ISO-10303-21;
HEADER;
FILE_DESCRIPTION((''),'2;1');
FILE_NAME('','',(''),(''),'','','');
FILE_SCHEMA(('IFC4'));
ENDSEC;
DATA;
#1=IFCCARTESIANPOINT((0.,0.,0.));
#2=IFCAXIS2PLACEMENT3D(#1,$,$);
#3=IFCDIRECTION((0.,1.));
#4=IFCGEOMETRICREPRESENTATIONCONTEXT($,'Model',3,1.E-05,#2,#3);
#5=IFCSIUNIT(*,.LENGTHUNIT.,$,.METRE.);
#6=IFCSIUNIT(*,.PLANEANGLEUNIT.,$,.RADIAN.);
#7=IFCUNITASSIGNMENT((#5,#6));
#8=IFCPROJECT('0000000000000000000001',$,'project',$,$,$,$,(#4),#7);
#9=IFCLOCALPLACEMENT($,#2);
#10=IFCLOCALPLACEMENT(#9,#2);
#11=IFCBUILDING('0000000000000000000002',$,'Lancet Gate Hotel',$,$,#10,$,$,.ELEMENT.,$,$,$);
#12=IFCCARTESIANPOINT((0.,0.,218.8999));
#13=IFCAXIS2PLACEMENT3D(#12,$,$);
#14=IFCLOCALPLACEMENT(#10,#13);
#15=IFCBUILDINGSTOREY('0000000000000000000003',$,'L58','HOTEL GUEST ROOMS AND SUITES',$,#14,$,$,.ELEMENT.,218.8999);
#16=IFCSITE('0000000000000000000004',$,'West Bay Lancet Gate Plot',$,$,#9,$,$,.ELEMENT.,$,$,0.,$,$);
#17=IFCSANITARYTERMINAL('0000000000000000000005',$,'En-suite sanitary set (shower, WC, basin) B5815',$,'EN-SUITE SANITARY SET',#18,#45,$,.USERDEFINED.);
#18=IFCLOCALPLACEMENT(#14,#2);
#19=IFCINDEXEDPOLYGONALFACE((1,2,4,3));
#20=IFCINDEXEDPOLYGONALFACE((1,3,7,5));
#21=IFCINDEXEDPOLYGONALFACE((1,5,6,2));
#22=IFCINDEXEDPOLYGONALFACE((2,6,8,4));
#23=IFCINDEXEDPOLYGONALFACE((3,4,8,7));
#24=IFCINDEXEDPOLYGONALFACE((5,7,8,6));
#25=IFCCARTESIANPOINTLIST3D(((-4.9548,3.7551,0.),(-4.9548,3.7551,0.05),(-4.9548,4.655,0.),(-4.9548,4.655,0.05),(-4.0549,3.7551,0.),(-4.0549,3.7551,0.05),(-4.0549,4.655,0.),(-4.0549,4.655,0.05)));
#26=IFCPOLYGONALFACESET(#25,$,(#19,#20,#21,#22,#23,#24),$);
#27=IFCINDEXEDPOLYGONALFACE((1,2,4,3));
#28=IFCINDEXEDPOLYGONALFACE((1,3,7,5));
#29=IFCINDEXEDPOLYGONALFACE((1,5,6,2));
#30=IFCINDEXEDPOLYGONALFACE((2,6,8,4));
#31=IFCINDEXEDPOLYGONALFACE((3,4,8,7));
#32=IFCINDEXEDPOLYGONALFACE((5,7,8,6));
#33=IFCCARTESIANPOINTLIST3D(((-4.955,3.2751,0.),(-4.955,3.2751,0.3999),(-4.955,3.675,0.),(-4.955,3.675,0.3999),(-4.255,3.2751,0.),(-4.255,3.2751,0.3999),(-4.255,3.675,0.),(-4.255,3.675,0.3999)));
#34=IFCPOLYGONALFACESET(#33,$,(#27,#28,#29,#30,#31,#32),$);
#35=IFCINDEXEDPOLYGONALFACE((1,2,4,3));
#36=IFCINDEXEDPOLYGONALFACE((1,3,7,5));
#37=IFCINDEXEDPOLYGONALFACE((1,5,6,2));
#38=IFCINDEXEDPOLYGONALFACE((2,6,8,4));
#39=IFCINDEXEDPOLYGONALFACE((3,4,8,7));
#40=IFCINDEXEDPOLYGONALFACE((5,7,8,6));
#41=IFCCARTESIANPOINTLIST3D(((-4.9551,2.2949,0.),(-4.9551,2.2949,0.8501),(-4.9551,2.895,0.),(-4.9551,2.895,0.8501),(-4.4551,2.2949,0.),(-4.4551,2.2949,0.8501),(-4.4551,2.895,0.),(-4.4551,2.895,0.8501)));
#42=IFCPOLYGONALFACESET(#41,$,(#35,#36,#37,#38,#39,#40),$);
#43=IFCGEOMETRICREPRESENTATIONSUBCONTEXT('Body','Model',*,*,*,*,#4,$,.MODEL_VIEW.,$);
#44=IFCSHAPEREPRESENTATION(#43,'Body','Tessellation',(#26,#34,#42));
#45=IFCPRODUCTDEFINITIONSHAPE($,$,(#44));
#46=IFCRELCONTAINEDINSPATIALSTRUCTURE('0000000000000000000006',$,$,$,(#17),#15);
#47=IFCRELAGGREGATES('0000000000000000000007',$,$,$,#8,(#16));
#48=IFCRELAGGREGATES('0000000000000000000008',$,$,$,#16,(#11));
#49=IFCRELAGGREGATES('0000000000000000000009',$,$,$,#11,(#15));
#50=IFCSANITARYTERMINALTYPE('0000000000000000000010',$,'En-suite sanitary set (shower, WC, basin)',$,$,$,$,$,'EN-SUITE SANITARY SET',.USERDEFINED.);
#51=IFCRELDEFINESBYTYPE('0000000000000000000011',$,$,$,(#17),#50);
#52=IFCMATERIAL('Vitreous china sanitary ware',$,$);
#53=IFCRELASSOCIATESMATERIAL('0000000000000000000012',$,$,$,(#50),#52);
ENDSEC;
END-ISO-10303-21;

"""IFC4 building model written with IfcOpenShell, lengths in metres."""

from ifc_helpers import new_model, si_unit, direction, frame, origin, origin_2d, place, context, subcontext, project, spatial, rectangle, extrude, material, type_object, element, save


model = new_model("IFC4")

# Units and contexts
model_context = context("Model", 3, precision=1e-05, world=origin(), true_north=direction((0.0, 1.0)))
body_context = subcontext(model_context, "Body", "Model", "MODEL_VIEW")
ifc_project = project(units=[si_unit("LENGTHUNIT", "METRE"), si_unit("PLANEANGLEUNIT", "RADIAN")], contexts=[model_context])

# Site, building, storey
site_placement = place(None, origin())
site = spatial("IfcSite", under=ifc_project, at=site_placement, Name="West Bay Lancet Gate Plot", CompositionType="ELEMENT", RefElevation=0.0)
building_placement = place(site_placement, origin())
building = spatial("IfcBuilding", under=site, at=building_placement, Name="Lancet Gate Hotel", CompositionType="ELEMENT")
storey_placement = place(building_placement, frame((0.0, 0.0, 218.8999)))
storey = spatial("IfcBuildingStorey", under=building, at=storey_placement, Name="L58", Description="HOTEL GUEST ROOMS AND SUITES", CompositionType="ELEMENT", Elevation=218.8999)

# Sanitary terminal
ifc_material_1 = material(Name="Vitreous china sanitary ware")
sanitary_terminal_type = type_object("IfcSanitaryTerminalType", Name="En-suite sanitary set (shower, WC, basin)", ElementType="EN-SUITE SANITARY SET", PredefinedType="USERDEFINED", material=ifc_material_1)
sanitary_terminal_placement = place(storey_placement, frame((-4.5049, 4.2051, 0.0), z_axis=(0.0, 0.0, 1.0), x_axis=(1.0, 0.0, 0.0)))
element("IfcSanitaryTerminal", 1, at=sanitary_terminal_placement, inside=storey, type_object=sanitary_terminal_type, Name="En-suite sanitary set (shower, WC, basin) B5815", ObjectType="EN-SUITE SANITARY SET", PredefinedType="USERDEFINED", context=body_context, shape_type="SweptSolid", body=[
    extrude(rectangle(XDim=0.8999, YDim=0.8999, at=origin_2d()), frame((0.0, 0.0, 0.0), z_axis=(0.0, 0.0, 1.0), x_axis=(0.0, 1.0, 0.0)), (0.0, 0.0, 1.0), 0.05),
    extrude(rectangle(XDim=0.3999, YDim=0.7, at=origin_2d()), frame((-0.1001, -0.73, 0.0), z_axis=(0.0, 0.0, 1.0), x_axis=(0.0, 1.0, 0.0)), (0.0, 0.0, 1.0), 0.3999),
    extrude(rectangle(XDim=0.6001, YDim=0.5, at=origin_2d()), frame((-0.2002, -1.6101, 0.0), z_axis=(0.0, 0.0, 1.0), x_axis=(0.0, 1.0, 0.0)), (0.0, 0.0, 1.0), 0.8501),
])

save(model, "model.ifc")
